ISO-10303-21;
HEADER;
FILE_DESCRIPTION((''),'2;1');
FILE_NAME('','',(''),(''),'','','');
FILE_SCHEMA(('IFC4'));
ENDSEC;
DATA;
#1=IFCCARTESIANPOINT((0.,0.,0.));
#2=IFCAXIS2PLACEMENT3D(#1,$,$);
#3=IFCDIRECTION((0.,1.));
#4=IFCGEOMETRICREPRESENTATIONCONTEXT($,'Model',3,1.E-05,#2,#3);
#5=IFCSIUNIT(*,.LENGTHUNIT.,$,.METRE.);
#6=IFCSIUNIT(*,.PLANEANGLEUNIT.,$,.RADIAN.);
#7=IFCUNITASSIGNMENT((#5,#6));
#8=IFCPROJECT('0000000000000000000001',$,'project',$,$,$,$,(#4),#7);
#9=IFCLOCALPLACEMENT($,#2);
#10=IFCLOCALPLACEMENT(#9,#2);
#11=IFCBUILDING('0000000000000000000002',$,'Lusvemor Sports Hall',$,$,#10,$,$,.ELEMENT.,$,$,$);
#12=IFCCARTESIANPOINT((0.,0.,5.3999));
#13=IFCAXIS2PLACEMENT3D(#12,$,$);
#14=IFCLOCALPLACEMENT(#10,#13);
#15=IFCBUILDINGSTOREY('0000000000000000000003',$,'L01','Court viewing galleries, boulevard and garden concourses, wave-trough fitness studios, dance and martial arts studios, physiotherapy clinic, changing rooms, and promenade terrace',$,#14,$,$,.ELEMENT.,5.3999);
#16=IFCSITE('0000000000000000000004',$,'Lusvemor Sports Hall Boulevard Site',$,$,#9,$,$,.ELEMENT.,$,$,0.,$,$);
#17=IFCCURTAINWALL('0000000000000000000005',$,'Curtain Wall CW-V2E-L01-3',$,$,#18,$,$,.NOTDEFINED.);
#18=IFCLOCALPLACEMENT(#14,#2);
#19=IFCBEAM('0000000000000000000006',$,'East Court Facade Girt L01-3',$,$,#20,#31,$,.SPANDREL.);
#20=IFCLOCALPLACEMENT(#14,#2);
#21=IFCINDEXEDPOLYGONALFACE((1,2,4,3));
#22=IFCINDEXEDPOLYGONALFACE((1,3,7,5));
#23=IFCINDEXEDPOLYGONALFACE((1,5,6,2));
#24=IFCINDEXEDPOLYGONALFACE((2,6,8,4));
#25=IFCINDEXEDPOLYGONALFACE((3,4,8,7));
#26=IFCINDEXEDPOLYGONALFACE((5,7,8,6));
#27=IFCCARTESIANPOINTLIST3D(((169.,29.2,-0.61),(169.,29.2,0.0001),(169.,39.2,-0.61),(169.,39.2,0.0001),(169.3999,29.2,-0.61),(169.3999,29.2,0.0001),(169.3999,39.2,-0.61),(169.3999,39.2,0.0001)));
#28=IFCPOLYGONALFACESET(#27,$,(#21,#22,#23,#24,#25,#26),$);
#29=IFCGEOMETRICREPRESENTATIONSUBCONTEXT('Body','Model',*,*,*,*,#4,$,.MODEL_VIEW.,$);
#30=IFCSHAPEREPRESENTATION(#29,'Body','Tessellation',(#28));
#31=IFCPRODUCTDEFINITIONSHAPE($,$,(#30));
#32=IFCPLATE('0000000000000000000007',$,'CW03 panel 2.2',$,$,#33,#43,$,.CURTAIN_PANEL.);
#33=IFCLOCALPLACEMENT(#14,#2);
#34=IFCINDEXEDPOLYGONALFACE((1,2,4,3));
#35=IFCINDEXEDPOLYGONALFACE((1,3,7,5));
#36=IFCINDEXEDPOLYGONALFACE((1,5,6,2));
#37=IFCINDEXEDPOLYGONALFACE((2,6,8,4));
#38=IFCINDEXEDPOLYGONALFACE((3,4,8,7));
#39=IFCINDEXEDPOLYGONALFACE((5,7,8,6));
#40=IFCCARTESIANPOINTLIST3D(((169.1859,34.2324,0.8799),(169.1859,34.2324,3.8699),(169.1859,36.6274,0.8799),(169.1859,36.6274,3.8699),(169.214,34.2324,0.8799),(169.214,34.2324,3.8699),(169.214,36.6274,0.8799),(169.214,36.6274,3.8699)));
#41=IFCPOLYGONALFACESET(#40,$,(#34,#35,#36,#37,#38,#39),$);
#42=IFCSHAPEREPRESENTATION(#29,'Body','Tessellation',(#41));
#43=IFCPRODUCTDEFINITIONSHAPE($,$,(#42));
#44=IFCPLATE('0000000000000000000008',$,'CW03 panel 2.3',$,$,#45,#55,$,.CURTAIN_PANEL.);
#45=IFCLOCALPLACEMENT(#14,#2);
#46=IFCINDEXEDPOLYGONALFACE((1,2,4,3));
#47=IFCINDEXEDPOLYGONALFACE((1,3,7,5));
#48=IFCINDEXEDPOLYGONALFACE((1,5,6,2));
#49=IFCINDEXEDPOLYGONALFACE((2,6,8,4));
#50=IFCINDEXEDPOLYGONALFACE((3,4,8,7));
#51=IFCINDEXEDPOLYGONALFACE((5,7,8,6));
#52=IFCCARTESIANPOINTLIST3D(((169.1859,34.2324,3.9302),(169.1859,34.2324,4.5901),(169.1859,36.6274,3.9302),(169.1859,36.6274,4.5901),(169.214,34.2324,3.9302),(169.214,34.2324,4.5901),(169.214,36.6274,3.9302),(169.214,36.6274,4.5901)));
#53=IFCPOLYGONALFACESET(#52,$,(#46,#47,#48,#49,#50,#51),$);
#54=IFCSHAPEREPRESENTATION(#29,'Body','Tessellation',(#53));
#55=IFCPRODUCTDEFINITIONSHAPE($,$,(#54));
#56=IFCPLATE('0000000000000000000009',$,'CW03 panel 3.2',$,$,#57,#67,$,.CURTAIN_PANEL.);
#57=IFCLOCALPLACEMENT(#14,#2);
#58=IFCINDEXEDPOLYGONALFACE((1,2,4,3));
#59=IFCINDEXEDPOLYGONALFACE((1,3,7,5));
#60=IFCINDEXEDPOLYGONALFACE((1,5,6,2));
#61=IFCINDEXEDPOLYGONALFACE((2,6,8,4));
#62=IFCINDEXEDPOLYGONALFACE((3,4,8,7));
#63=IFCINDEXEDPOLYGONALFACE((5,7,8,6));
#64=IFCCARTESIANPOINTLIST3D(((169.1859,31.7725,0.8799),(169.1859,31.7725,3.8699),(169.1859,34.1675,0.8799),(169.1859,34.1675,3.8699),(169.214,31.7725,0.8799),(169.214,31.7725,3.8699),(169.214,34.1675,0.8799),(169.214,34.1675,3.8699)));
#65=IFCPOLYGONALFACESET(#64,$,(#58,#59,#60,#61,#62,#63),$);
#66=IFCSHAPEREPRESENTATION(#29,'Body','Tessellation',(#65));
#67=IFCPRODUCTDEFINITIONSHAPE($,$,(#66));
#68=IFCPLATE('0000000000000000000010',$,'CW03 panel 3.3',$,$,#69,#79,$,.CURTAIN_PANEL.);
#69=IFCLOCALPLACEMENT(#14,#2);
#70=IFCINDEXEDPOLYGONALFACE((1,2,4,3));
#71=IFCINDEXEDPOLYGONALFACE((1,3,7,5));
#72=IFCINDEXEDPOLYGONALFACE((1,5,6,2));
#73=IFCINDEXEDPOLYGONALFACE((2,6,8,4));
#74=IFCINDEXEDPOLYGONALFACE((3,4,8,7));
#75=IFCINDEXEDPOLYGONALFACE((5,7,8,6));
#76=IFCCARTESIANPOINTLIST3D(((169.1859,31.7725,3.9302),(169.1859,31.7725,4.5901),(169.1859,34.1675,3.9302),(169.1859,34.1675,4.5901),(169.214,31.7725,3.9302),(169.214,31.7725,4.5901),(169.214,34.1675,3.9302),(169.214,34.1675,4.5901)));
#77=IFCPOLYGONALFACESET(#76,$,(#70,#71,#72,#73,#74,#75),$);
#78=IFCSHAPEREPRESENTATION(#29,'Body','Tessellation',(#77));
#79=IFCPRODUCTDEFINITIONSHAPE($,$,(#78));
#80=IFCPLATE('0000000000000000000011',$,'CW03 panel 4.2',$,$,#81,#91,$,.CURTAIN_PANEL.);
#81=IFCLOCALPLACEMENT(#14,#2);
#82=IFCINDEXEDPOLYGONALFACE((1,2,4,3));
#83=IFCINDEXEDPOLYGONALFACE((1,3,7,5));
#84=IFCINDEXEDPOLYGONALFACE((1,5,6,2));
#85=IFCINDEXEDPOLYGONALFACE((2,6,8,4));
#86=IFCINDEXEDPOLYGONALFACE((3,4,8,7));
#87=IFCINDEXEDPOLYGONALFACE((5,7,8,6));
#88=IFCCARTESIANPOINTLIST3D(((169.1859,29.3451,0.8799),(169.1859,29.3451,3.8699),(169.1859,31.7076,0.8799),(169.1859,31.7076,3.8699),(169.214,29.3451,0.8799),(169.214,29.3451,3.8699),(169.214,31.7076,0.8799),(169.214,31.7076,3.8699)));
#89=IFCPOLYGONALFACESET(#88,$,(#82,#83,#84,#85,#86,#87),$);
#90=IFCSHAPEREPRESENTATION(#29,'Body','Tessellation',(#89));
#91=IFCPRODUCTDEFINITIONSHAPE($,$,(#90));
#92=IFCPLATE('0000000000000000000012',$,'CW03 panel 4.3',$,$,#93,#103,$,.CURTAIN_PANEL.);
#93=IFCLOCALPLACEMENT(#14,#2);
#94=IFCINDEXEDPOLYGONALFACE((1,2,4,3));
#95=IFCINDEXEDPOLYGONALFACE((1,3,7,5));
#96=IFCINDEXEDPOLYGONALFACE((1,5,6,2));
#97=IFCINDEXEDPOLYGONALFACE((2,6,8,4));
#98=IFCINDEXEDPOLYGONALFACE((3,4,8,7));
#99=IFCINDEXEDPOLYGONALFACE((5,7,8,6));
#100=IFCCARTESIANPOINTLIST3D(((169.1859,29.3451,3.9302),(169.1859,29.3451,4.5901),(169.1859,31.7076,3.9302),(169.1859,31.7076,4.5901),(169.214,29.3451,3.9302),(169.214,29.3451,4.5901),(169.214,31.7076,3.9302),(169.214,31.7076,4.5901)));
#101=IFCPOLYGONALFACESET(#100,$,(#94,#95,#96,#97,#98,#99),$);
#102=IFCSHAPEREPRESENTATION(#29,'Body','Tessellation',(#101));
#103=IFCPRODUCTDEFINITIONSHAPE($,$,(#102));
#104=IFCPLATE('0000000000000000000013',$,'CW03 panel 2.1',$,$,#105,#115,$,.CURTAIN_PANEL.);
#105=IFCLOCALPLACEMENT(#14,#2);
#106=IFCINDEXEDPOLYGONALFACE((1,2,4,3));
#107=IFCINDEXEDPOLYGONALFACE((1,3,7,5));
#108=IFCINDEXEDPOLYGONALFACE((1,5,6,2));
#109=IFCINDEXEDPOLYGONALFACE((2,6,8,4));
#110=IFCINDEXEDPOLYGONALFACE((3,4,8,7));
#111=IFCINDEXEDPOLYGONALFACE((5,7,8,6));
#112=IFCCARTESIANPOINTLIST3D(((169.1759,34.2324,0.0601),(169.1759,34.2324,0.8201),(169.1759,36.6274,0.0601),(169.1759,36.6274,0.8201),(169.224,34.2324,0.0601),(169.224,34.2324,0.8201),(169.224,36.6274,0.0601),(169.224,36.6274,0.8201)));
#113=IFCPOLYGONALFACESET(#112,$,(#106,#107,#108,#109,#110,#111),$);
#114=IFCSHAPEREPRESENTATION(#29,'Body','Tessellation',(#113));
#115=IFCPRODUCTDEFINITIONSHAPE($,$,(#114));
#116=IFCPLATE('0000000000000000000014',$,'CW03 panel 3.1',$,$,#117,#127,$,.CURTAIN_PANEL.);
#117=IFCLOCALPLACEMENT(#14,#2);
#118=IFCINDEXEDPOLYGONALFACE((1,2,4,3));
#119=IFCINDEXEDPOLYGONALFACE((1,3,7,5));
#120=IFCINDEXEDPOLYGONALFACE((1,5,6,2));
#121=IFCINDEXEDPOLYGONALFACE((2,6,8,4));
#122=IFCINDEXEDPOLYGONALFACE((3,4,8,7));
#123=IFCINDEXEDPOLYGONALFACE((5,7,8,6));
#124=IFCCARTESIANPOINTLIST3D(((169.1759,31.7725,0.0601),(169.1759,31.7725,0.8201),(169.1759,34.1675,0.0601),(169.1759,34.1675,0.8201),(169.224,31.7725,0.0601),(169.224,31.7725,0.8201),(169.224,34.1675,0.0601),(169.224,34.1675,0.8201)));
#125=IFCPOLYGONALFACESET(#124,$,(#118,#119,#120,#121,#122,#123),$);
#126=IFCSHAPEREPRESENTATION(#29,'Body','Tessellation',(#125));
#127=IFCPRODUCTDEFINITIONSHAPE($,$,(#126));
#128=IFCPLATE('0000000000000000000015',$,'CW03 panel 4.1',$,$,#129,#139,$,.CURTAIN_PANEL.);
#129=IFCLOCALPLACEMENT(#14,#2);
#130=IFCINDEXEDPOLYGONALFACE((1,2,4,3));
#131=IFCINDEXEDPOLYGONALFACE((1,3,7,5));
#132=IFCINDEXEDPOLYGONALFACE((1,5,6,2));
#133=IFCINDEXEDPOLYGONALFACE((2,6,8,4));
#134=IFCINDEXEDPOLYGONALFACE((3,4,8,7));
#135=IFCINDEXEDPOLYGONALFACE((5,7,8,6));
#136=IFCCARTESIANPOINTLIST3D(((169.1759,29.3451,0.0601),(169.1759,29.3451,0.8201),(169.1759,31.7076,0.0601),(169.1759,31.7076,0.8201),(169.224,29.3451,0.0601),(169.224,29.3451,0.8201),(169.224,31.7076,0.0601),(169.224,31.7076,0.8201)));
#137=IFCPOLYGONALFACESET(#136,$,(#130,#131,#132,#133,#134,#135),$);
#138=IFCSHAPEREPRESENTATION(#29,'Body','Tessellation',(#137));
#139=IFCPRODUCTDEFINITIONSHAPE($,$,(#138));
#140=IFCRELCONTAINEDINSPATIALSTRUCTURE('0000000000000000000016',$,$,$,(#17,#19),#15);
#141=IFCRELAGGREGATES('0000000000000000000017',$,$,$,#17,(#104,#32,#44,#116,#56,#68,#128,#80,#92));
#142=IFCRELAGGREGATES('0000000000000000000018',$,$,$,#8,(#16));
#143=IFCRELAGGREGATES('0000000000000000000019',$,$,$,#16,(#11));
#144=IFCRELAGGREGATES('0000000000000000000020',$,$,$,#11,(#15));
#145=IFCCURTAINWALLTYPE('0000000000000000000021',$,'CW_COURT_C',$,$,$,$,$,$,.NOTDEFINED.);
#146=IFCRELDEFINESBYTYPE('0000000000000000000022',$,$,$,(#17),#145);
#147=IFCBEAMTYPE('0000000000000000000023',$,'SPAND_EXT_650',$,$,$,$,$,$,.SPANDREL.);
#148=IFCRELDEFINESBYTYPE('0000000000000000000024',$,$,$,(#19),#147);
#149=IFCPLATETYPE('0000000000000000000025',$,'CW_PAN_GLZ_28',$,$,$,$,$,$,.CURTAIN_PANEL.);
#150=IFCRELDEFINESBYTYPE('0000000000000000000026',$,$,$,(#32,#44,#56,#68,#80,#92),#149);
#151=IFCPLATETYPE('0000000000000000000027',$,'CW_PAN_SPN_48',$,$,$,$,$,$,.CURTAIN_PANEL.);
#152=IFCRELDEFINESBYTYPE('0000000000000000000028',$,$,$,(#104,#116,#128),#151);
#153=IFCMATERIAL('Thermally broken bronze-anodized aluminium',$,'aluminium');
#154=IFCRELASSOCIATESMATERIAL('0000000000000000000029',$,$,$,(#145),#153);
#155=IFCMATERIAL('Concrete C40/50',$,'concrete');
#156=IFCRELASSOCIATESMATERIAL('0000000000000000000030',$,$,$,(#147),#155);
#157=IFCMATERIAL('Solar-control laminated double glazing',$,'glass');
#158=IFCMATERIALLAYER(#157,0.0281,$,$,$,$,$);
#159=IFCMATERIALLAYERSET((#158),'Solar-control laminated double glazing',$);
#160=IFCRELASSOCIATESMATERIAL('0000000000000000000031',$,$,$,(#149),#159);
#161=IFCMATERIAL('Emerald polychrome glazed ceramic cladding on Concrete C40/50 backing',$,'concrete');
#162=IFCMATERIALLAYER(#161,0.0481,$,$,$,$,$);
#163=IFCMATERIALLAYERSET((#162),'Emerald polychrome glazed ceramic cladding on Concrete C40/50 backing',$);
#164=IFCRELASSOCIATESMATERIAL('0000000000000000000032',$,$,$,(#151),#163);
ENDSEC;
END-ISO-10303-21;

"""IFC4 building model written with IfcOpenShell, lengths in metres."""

from ifc_helpers import new_model, si_unit, direction, frame, origin, origin_2d, place, context, subcontext, project, spatial, rectangle, extrude, material, layer, layer_set, material_profile, profile_set, type_object, element, aggregate, save


model = new_model("IFC4")

# Units and contexts
model_context = context("Model", 3, precision=1e-05, world=origin(), true_north=direction((0.0, 1.0)))
body_context = subcontext(model_context, "Body", "Model", "MODEL_VIEW")
ifc_project = project(units=[si_unit("LENGTHUNIT", "METRE"), si_unit("PLANEANGLEUNIT", "RADIAN")], contexts=[model_context])

# Site, building, storey
site_placement = place(None, origin())
site = spatial("IfcSite", under=ifc_project, at=site_placement, Name="Lusvemor Sports Hall Boulevard Site", CompositionType="ELEMENT", RefElevation=0.0)
building_placement = place(site_placement, origin())
building = spatial("IfcBuilding", under=site, at=building_placement, Name="Lusvemor Sports Hall", CompositionType="ELEMENT")
storey_placement = place(building_placement, frame((0.0, 0.0, 5.3999)))
storey = spatial("IfcBuildingStorey", under=building, at=storey_placement, Name="L01", Description="Court viewing galleries, boulevard and garden concourses, wave-trough fitness studios, dance and martial arts studios, physiotherapy clinic, changing rooms, and promenade terrace", CompositionType="ELEMENT", Elevation=5.3999)

# Shared definitions
ifc_material_1 = material(Name="Thermally broken bronze-anodized aluminium", Category="aluminium")
curtain_wall_type = type_object("IfcCurtainWallType", Name="CW_COURT_C", PredefinedType="NOTDEFINED", material=ifc_material_1)

# Curtain wall
curtain_wall_1_placement = place(storey_placement, origin())
curtain_wall_1 = element("IfcCurtainWall", 1, at=curtain_wall_1_placement, inside=storey, type_object=curtain_wall_type, Name="Curtain Wall CW-V2E-L01-3", PredefinedType="NOTDEFINED")

# Beam
ifc_material_2 = material(Name="Concrete C40/50", Category="concrete")
ifc_material_profile_1 = material_profile(ifc_material_2, rectangle(XDim=0.3999, YDim=0.6101, at=origin_2d()), Name="RC400x610")
ifc_profile_set_1 = profile_set([ifc_material_profile_1], Name="Concrete C40/50")
beam_type_1 = type_object("IfcBeamType", Name="SPAND_EXT_650", PredefinedType="SPANDREL", material=ifc_profile_set_1)
beam_placement = place(storey_placement, frame((169.2, 29.2, -0.3049), z_axis=(0.0, 1.0, 0.0), x_axis=(-1.0, 0.0, 0.0)))
element("IfcBeam", 2, at=beam_placement, inside=storey, type_object=beam_type_1, Name="East Court Facade Girt L01-3", PredefinedType="SPANDREL", context=body_context, shape_type="SweptSolid", body=[
    extrude(rectangle(XDim=0.3999, YDim=0.6101, at=origin_2d()), origin(), (0.0, 0.0, 1.0), 10.0),
])

# Plates
ifc_material_3 = material(Name="Solar-control laminated double glazing", Category="glass")
ifc_layer_1 = layer(ifc_material_3, 0.0281)
ifc_layer_set_1 = layer_set([ifc_layer_1], Name="Solar-control laminated double glazing")
plate_type_1 = type_object("IfcPlateType", Name="CW_PAN_GLZ_28", PredefinedType="CURTAIN_PANEL", material=ifc_layer_set_1)
plate_1_placement = place(storey_placement, frame((169.2, 35.4299, 0.8799), z_axis=(0.0, 0.0, 1.0), x_axis=(0.0, -1.0, 0.0)))
plate_1 = element("IfcPlate", 3, at=plate_1_placement, type_object=plate_type_1, Name="CW03 panel 2.2", PredefinedType="CURTAIN_PANEL", context=body_context, shape_type="SweptSolid", body=[
    extrude(rectangle(XDim=2.395, YDim=0.0281, at=origin_2d()), origin(), (0.0, 0.0, 1.0), 2.99),
])
plate_2_placement = place(storey_placement, frame((169.2, 35.4299, 3.9302), z_axis=(0.0, 0.0, 1.0), x_axis=(0.0, -1.0, 0.0)))
plate_2 = element("IfcPlate", 4, at=plate_2_placement, type_object=plate_type_1, Name="CW03 panel 2.3", PredefinedType="CURTAIN_PANEL", context=body_context, shape_type="SweptSolid", body=[
    extrude(rectangle(XDim=2.395, YDim=0.0281, at=origin_2d()), origin(), (0.0, 0.0, 1.0), 0.6599),
])
plate_3_placement = place(storey_placement, frame((169.2, 32.97, 0.8799), z_axis=(0.0, 0.0, 1.0), x_axis=(0.0, -1.0, 0.0)))
plate_3 = element("IfcPlate", 5, at=plate_3_placement, type_object=plate_type_1, Name="CW03 panel 3.2", PredefinedType="CURTAIN_PANEL", context=body_context, shape_type="SweptSolid", body=[
    extrude(rectangle(XDim=2.395, YDim=0.0281, at=origin_2d()), origin(), (0.0, 0.0, 1.0), 2.99),
])
plate_4_placement = place(storey_placement, frame((169.2, 32.97, 3.9302), z_axis=(0.0, 0.0, 1.0), x_axis=(0.0, -1.0, 0.0)))
plate_4 = element("IfcPlate", 6, at=plate_4_placement, type_object=plate_type_1, Name="CW03 panel 3.3", PredefinedType="CURTAIN_PANEL", context=body_context, shape_type="SweptSolid", body=[
    extrude(rectangle(XDim=2.395, YDim=0.0281, at=origin_2d()), origin(), (0.0, 0.0, 1.0), 0.6599),
])
plate_5_placement = place(storey_placement, frame((169.2, 30.5264, 0.8799), z_axis=(0.0, 0.0, 1.0), x_axis=(0.0, -1.0, 0.0)))
plate_5 = element("IfcPlate", 7, at=plate_5_placement, type_object=plate_type_1, Name="CW03 panel 4.2", PredefinedType="CURTAIN_PANEL", context=body_context, shape_type="SweptSolid", body=[
    extrude(rectangle(XDim=2.3625, YDim=0.0281, at=origin_2d()), origin(), (0.0, 0.0, 1.0), 2.99),
])
plate_6_placement = place(storey_placement, frame((169.2, 30.5264, 3.9302), z_axis=(0.0, 0.0, 1.0), x_axis=(0.0, -1.0, 0.0)))
plate_6 = element("IfcPlate", 8, at=plate_6_placement, type_object=plate_type_1, Name="CW03 panel 4.3", PredefinedType="CURTAIN_PANEL", context=body_context, shape_type="SweptSolid", body=[
    extrude(rectangle(XDim=2.3625, YDim=0.0281, at=origin_2d()), origin(), (0.0, 0.0, 1.0), 0.6599),
])
ifc_material_4 = material(Name="Emerald polychrome glazed ceramic cladding on Concrete C40/50 backing", Category="concrete")
ifc_layer_2 = layer(ifc_material_4, 0.0481)
ifc_layer_set_2 = layer_set([ifc_layer_2], Name="Emerald polychrome glazed ceramic cladding on Concrete C40/50 backing")
plate_type_2 = type_object("IfcPlateType", Name="CW_PAN_SPN_48", PredefinedType="CURTAIN_PANEL", material=ifc_layer_set_2)
plate_7_placement = place(storey_placement, frame((169.2, 35.4299, 0.0601), z_axis=(0.0, 0.0, 1.0), x_axis=(0.0, -1.0, 0.0)))
plate_7 = element("IfcPlate", 9, at=plate_7_placement, type_object=plate_type_2, Name="CW03 panel 2.1", PredefinedType="CURTAIN_PANEL", context=body_context, shape_type="SweptSolid", body=[
    extrude(rectangle(XDim=2.395, YDim=0.0481, at=origin_2d()), origin(), (0.0, 0.0, 1.0), 0.76),
])
plate_8_placement = place(storey_placement, frame((169.2, 32.97, 0.0601), z_axis=(0.0, 0.0, 1.0), x_axis=(0.0, -1.0, 0.0)))
plate_8 = element("IfcPlate", 10, at=plate_8_placement, type_object=plate_type_2, Name="CW03 panel 3.1", PredefinedType="CURTAIN_PANEL", context=body_context, shape_type="SweptSolid", body=[
    extrude(rectangle(XDim=2.395, YDim=0.0481, at=origin_2d()), origin(), (0.0, 0.0, 1.0), 0.76),
])
plate_9_placement = place(storey_placement, frame((169.2, 30.5264, 0.0601), z_axis=(0.0, 0.0, 1.0), x_axis=(0.0, -1.0, 0.0)))
plate_9 = element("IfcPlate", 11, at=plate_9_placement, type_object=plate_type_2, Name="CW03 panel 4.1", PredefinedType="CURTAIN_PANEL", context=body_context, shape_type="SweptSolid", body=[
    extrude(rectangle(XDim=2.3625, YDim=0.0481, at=origin_2d()), origin(), (0.0, 0.0, 1.0), 0.76),
])
aggregate(curtain_wall_1, [plate_7, plate_1, plate_2, plate_8, plate_3, plate_4, plate_9, plate_5, plate_6])

save(model, "model.ifc")
